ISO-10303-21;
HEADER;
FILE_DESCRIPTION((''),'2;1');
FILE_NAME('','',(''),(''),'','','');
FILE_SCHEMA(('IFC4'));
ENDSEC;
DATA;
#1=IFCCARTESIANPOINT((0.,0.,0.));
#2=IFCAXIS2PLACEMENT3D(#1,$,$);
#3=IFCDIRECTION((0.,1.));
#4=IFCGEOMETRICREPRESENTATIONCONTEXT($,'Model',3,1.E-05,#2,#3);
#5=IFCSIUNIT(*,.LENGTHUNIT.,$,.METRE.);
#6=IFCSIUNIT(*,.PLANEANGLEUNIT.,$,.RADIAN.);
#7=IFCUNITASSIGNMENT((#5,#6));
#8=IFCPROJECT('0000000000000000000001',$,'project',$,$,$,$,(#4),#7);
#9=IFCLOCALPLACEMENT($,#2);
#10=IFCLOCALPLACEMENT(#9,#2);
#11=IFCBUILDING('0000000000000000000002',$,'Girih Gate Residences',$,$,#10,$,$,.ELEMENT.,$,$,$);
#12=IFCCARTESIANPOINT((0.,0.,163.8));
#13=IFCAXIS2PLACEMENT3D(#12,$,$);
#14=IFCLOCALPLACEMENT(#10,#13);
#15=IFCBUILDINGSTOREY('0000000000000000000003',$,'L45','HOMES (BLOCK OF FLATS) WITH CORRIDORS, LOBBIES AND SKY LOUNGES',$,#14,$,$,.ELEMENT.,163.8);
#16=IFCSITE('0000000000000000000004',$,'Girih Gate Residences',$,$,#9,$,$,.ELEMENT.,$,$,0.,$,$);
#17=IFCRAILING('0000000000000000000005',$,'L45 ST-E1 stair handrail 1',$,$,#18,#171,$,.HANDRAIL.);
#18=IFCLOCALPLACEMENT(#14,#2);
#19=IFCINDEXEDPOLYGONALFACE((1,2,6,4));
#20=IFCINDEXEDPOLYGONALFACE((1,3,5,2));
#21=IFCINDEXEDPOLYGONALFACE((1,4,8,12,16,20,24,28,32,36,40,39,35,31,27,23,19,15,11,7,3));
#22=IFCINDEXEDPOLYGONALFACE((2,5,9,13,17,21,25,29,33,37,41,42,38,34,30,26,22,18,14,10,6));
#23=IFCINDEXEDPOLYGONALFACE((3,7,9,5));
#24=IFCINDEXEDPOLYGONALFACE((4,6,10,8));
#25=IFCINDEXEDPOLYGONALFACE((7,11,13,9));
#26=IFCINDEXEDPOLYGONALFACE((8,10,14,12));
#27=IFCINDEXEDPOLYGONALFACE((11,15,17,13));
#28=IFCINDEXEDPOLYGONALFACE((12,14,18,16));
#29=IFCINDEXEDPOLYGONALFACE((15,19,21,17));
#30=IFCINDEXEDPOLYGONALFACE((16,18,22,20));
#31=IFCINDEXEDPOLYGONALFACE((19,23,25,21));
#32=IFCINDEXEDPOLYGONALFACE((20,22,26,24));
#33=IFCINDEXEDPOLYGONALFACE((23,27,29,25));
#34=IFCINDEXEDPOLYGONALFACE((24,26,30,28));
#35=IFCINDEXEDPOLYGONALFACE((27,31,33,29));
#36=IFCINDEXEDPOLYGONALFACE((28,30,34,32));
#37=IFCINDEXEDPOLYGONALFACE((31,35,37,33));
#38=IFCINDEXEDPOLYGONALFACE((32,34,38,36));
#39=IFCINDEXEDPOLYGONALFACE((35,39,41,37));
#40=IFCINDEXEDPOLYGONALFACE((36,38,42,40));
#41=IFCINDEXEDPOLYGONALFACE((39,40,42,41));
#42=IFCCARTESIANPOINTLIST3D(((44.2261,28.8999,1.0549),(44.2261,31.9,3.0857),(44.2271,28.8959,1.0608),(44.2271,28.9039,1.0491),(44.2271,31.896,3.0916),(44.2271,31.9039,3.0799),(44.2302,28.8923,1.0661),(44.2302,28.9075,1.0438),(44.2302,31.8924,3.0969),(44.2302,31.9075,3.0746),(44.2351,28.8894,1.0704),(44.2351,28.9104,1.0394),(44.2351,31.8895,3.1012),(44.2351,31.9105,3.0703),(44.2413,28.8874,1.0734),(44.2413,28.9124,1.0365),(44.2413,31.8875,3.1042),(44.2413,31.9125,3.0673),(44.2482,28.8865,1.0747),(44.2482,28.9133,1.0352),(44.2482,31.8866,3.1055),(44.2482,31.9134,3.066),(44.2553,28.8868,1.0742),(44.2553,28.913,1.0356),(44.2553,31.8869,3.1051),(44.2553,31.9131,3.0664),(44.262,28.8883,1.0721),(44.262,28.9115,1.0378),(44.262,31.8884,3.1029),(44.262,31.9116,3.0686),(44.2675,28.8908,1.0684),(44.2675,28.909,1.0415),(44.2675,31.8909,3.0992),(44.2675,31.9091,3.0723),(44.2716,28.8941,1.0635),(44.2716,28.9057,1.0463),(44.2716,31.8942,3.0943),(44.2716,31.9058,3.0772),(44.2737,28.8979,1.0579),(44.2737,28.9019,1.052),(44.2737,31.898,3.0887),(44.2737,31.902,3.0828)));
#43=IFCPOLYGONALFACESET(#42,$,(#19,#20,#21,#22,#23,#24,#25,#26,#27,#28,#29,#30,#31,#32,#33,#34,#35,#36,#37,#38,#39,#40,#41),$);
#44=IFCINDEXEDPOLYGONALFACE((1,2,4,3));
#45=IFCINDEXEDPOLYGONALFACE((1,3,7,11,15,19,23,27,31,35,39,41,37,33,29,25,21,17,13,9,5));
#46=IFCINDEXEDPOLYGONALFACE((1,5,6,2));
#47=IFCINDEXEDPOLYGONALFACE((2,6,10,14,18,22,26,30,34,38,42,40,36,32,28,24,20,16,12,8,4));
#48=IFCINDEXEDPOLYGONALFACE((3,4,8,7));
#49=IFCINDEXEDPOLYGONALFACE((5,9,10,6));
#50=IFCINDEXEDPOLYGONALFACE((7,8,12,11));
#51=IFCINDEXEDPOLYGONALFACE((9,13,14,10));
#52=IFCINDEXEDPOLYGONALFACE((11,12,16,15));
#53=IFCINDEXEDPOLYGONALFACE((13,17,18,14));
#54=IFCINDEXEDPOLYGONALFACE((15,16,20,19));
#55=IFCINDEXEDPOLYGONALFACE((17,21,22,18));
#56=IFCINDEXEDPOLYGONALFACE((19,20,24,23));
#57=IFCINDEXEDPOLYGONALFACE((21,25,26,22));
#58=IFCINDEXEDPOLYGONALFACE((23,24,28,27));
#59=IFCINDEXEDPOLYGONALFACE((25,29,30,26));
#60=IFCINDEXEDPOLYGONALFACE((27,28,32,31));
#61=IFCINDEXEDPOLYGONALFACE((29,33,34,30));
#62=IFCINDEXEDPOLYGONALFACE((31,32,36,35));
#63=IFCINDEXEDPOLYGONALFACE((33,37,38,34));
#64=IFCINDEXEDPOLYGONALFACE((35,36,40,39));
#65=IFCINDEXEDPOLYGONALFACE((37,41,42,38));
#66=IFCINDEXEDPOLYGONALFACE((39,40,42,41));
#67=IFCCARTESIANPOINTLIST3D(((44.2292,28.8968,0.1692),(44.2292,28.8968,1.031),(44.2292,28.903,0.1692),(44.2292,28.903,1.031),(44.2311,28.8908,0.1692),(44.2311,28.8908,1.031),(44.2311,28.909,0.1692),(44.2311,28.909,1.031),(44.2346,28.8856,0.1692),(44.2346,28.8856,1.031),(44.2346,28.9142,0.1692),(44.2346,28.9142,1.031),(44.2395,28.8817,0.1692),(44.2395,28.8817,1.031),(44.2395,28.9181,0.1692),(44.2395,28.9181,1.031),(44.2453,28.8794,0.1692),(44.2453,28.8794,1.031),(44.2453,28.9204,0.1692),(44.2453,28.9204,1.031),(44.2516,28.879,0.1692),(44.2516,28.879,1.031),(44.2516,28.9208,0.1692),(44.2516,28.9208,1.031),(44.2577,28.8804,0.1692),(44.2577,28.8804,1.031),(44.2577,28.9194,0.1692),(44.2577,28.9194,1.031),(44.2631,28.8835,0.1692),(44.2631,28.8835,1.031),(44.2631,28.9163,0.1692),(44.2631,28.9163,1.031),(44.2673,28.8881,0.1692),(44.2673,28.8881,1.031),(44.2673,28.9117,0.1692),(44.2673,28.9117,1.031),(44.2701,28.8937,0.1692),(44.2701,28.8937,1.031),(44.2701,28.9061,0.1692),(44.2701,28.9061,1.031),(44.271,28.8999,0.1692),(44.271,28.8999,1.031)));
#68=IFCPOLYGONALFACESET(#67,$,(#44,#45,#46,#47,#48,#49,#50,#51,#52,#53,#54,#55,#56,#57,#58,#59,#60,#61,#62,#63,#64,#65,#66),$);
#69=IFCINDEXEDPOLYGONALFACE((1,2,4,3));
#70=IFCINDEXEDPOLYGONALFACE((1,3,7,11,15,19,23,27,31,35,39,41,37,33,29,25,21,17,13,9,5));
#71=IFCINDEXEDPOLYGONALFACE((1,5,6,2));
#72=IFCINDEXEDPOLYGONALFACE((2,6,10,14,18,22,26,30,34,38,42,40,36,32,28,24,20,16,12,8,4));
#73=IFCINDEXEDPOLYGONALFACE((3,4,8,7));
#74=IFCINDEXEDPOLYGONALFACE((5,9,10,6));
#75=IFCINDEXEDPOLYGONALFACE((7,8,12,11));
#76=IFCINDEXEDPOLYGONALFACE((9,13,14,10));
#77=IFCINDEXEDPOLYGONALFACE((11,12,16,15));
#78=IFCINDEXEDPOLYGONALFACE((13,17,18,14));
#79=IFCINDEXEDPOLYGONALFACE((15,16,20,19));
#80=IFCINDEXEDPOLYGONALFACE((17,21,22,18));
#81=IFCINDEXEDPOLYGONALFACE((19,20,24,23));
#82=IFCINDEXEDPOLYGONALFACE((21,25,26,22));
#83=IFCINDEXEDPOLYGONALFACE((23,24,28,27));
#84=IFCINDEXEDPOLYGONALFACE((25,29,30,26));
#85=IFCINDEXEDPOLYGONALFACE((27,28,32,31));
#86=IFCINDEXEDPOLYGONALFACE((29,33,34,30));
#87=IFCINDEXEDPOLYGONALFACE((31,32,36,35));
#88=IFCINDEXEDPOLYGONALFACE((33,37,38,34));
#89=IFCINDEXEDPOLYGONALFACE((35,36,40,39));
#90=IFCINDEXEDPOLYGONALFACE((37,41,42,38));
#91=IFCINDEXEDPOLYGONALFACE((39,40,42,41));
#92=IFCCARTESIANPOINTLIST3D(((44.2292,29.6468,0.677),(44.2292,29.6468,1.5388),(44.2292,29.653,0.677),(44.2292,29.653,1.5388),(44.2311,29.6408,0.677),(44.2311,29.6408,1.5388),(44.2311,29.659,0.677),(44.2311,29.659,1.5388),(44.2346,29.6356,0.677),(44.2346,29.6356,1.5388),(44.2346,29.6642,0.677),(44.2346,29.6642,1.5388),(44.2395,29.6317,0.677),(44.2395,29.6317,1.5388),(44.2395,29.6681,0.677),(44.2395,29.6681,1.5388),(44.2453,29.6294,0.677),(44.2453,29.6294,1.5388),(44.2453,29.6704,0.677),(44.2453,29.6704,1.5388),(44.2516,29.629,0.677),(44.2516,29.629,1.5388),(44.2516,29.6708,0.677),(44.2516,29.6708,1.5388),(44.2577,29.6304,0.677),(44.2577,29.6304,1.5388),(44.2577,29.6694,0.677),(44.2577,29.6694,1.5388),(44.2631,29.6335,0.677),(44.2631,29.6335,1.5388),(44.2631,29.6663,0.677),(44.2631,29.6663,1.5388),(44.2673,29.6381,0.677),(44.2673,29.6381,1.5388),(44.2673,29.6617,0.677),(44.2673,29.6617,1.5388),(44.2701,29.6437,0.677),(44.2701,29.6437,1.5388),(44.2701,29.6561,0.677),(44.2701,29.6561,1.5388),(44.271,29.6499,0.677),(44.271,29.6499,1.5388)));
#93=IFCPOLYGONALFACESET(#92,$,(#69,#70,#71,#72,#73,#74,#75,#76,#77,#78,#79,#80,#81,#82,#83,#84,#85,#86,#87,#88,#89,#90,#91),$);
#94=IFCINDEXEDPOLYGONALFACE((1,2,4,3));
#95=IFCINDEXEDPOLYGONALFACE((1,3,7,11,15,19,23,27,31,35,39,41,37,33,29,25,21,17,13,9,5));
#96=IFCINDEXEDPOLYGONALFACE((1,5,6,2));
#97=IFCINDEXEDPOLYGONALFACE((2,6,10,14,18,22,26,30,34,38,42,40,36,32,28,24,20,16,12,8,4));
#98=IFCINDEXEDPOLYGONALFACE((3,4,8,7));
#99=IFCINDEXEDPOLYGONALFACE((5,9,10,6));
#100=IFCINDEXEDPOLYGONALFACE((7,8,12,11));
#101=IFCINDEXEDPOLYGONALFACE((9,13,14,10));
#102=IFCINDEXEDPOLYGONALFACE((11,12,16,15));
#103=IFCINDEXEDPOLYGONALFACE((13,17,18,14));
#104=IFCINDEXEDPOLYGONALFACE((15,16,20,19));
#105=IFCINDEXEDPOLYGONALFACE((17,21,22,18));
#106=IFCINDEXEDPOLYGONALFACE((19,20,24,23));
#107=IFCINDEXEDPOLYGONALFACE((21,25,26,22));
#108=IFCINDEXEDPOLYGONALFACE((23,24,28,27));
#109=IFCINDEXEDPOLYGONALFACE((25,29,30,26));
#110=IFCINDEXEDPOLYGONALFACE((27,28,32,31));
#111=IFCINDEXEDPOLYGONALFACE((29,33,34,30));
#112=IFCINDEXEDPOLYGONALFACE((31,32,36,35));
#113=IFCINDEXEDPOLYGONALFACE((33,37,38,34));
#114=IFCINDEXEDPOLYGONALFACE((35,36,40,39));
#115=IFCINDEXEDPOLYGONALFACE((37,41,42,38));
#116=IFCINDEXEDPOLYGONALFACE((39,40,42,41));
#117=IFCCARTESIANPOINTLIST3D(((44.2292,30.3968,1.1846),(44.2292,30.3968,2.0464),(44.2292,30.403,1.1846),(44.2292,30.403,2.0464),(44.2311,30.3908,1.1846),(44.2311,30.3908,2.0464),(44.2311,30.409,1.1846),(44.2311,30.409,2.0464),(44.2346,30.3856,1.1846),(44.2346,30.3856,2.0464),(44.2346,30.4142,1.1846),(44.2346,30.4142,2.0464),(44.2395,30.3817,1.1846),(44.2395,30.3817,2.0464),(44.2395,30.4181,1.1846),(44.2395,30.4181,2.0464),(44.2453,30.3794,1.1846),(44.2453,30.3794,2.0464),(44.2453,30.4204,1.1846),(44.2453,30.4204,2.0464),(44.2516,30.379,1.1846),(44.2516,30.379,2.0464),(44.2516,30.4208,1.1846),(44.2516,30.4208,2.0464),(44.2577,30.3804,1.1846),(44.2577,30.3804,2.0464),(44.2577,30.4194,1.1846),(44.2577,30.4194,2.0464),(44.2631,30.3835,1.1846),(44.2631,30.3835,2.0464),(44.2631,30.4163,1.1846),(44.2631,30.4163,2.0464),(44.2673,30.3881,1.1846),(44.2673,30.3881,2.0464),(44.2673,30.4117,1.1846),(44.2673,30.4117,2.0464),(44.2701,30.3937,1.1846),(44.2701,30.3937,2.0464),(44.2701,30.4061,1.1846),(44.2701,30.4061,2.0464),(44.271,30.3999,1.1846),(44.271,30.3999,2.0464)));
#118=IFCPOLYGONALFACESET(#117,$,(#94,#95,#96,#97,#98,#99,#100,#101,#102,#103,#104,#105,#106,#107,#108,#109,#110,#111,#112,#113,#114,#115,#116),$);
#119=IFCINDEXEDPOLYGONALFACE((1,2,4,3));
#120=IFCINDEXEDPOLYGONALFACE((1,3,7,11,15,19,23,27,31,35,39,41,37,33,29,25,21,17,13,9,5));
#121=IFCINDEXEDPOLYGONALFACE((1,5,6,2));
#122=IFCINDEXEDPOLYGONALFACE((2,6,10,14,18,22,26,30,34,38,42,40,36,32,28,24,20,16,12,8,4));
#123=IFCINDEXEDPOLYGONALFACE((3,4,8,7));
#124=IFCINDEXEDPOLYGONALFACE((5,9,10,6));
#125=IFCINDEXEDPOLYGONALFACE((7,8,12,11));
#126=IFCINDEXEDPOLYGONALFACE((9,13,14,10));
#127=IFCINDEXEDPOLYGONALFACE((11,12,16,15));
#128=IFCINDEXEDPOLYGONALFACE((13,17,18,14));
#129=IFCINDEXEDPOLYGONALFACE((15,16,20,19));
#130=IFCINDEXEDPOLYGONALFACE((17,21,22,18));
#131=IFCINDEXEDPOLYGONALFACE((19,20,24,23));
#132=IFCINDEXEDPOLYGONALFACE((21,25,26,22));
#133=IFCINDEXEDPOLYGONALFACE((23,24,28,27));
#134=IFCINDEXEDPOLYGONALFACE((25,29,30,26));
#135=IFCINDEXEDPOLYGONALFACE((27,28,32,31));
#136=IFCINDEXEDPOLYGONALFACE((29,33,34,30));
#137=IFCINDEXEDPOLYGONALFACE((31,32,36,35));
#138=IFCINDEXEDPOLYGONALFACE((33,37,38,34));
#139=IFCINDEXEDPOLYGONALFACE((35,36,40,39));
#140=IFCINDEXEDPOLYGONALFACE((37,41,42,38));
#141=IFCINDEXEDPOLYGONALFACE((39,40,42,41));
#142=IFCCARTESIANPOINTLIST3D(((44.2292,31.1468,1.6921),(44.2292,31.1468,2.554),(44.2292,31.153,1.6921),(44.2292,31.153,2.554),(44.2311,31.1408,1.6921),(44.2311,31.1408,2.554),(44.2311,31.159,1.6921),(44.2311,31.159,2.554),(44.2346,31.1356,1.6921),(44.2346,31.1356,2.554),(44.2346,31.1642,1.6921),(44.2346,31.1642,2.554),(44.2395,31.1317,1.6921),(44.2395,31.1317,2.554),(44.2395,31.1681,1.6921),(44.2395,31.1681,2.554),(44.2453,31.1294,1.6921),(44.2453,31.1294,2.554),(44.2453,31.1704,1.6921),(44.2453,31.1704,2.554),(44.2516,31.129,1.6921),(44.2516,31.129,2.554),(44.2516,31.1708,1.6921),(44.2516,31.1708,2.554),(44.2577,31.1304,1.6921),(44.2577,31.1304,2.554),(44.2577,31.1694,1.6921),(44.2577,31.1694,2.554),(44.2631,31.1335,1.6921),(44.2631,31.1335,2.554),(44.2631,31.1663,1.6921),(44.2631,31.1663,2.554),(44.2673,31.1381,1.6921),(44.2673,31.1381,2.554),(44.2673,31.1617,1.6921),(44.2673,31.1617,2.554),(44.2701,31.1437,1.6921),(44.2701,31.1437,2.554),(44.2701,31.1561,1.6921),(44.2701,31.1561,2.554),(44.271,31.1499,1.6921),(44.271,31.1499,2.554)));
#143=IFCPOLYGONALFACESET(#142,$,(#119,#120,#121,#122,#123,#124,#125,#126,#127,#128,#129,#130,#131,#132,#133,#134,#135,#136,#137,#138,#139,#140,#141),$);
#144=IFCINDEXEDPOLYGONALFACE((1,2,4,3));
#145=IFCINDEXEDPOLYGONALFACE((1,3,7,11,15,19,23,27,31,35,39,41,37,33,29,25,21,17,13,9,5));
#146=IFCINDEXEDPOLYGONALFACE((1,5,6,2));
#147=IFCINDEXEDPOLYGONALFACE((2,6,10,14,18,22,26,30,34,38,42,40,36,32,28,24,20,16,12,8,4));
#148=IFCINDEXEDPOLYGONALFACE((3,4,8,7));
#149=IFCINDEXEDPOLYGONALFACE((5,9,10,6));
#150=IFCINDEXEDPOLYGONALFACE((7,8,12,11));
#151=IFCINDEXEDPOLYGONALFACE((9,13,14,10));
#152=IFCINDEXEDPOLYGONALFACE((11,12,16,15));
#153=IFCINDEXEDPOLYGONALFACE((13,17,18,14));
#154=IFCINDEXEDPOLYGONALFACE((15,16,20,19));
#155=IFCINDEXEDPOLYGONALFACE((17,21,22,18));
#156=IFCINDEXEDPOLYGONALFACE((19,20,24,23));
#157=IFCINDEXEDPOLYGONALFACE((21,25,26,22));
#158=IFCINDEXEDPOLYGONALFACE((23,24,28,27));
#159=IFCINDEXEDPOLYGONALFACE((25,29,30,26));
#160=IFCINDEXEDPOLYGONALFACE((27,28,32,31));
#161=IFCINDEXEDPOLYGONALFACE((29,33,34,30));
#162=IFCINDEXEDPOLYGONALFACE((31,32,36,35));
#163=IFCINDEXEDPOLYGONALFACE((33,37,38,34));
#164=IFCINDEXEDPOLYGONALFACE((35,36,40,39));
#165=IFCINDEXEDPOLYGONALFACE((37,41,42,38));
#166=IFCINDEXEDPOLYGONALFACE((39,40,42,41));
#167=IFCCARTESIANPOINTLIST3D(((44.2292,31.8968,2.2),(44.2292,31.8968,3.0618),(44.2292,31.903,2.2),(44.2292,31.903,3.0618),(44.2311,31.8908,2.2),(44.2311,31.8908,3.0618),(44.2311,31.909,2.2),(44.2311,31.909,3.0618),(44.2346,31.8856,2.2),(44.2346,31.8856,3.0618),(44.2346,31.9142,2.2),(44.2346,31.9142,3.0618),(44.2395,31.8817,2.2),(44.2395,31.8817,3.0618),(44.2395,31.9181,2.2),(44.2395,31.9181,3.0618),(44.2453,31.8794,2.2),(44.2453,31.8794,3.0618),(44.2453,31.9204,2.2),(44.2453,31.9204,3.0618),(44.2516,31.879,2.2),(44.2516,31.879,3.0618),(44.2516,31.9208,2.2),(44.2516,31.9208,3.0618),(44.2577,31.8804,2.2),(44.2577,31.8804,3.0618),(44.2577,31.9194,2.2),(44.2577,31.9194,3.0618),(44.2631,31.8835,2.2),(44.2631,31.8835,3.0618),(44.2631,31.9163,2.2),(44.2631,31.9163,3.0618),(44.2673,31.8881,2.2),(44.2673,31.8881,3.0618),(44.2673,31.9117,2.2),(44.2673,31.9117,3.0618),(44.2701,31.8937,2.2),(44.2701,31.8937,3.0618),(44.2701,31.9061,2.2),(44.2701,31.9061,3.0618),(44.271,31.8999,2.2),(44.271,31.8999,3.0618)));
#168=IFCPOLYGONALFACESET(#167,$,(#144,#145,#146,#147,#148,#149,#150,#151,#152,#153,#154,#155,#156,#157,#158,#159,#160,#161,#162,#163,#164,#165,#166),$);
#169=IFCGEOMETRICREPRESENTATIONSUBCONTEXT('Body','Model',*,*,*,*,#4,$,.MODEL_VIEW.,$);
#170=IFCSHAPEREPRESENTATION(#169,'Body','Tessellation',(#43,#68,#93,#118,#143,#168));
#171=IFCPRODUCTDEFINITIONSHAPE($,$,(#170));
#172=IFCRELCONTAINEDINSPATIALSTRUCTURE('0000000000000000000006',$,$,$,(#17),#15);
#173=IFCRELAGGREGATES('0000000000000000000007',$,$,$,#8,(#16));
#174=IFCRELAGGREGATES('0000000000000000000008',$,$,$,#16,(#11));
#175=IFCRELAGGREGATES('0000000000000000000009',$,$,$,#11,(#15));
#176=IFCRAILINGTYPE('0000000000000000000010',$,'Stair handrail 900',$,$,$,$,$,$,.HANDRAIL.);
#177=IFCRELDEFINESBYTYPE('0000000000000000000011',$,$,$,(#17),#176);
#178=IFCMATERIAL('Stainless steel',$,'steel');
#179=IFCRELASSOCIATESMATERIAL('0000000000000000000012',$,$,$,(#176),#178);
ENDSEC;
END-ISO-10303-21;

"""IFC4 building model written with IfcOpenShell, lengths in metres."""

from ifc_helpers import new_model, si_unit, direction, frame, origin, origin_2d, place, context, subcontext, project, spatial, circle, extrude, material, type_object, element, save


model = new_model("IFC4")

# Units and contexts
model_context = context("Model", 3, precision=1e-05, world=origin(), true_north=direction((0.0, 1.0)))
body_context = subcontext(model_context, "Body", "Model", "MODEL_VIEW")
ifc_project = project(units=[si_unit("LENGTHUNIT", "METRE"), si_unit("PLANEANGLEUNIT", "RADIAN")], contexts=[model_context])

# Site, building, storey
site_placement = place(None, origin())
site = spatial("IfcSite", under=ifc_project, at=site_placement, Name="Girih Gate Residences", CompositionType="ELEMENT", RefElevation=0.0)
building_placement = place(site_placement, origin())
building = spatial("IfcBuilding", under=site, at=building_placement, Name="Girih Gate Residences", CompositionType="ELEMENT")
storey_placement = place(building_placement, frame((0.0, 0.0, 163.8)))
storey = spatial("IfcBuildingStorey", under=building, at=storey_placement, Name="L45", Description="HOMES (BLOCK OF FLATS) WITH CORRIDORS, LOBBIES AND SKY LOUNGES", CompositionType="ELEMENT", Elevation=163.8)

# Railing
ifc_material_1 = material(Name="Stainless steel", Category="steel")
railing_type_1 = type_object("IfcRailingType", Name="Stair handrail 900", PredefinedType="HANDRAIL", material=ifc_material_1)
railing_1_placement = place(storey_placement, frame((44.25, 28.8999, 0.1692)))
element("IfcRailing", 1, at=railing_1_placement, inside=storey, type_object=railing_type_1, Name="L45 ST-E1 stair handrail 1", PredefinedType="HANDRAIL", context=body_context, shape_type="SweptSolid", body=[
    extrude(circle(Radius=0.0239, at=origin_2d()), frame((0.0, 0.0, 0.8857), z_axis=(0.0, 0.82811, 0.560565), x_axis=(-1.0, 0.0, 0.0)), (0.0, 0.0, 1.0), 3.6228),
    extrude(circle(Radius=0.021, at=origin_2d()), origin(), (0.0, 0.0, 1.0), 0.8618),
    extrude(circle(Radius=0.021, at=origin_2d()), frame((0.0, 0.75, 0.5078)), (0.0, 0.0, 1.0), 0.8618),
    extrude(circle(Radius=0.021, at=origin_2d()), frame((0.0, 1.5, 1.0154)), (0.0, 0.0, 1.0), 0.8618),
    extrude(circle(Radius=0.021, at=origin_2d()), frame((0.0, 2.25, 1.5229)), (0.0, 0.0, 1.0), 0.8618),
    extrude(circle(Radius=0.021, at=origin_2d()), frame((0.0, 3.0, 2.0308)), (0.0, 0.0, 1.0), 0.8618),
])

save(model, "model.ifc")
